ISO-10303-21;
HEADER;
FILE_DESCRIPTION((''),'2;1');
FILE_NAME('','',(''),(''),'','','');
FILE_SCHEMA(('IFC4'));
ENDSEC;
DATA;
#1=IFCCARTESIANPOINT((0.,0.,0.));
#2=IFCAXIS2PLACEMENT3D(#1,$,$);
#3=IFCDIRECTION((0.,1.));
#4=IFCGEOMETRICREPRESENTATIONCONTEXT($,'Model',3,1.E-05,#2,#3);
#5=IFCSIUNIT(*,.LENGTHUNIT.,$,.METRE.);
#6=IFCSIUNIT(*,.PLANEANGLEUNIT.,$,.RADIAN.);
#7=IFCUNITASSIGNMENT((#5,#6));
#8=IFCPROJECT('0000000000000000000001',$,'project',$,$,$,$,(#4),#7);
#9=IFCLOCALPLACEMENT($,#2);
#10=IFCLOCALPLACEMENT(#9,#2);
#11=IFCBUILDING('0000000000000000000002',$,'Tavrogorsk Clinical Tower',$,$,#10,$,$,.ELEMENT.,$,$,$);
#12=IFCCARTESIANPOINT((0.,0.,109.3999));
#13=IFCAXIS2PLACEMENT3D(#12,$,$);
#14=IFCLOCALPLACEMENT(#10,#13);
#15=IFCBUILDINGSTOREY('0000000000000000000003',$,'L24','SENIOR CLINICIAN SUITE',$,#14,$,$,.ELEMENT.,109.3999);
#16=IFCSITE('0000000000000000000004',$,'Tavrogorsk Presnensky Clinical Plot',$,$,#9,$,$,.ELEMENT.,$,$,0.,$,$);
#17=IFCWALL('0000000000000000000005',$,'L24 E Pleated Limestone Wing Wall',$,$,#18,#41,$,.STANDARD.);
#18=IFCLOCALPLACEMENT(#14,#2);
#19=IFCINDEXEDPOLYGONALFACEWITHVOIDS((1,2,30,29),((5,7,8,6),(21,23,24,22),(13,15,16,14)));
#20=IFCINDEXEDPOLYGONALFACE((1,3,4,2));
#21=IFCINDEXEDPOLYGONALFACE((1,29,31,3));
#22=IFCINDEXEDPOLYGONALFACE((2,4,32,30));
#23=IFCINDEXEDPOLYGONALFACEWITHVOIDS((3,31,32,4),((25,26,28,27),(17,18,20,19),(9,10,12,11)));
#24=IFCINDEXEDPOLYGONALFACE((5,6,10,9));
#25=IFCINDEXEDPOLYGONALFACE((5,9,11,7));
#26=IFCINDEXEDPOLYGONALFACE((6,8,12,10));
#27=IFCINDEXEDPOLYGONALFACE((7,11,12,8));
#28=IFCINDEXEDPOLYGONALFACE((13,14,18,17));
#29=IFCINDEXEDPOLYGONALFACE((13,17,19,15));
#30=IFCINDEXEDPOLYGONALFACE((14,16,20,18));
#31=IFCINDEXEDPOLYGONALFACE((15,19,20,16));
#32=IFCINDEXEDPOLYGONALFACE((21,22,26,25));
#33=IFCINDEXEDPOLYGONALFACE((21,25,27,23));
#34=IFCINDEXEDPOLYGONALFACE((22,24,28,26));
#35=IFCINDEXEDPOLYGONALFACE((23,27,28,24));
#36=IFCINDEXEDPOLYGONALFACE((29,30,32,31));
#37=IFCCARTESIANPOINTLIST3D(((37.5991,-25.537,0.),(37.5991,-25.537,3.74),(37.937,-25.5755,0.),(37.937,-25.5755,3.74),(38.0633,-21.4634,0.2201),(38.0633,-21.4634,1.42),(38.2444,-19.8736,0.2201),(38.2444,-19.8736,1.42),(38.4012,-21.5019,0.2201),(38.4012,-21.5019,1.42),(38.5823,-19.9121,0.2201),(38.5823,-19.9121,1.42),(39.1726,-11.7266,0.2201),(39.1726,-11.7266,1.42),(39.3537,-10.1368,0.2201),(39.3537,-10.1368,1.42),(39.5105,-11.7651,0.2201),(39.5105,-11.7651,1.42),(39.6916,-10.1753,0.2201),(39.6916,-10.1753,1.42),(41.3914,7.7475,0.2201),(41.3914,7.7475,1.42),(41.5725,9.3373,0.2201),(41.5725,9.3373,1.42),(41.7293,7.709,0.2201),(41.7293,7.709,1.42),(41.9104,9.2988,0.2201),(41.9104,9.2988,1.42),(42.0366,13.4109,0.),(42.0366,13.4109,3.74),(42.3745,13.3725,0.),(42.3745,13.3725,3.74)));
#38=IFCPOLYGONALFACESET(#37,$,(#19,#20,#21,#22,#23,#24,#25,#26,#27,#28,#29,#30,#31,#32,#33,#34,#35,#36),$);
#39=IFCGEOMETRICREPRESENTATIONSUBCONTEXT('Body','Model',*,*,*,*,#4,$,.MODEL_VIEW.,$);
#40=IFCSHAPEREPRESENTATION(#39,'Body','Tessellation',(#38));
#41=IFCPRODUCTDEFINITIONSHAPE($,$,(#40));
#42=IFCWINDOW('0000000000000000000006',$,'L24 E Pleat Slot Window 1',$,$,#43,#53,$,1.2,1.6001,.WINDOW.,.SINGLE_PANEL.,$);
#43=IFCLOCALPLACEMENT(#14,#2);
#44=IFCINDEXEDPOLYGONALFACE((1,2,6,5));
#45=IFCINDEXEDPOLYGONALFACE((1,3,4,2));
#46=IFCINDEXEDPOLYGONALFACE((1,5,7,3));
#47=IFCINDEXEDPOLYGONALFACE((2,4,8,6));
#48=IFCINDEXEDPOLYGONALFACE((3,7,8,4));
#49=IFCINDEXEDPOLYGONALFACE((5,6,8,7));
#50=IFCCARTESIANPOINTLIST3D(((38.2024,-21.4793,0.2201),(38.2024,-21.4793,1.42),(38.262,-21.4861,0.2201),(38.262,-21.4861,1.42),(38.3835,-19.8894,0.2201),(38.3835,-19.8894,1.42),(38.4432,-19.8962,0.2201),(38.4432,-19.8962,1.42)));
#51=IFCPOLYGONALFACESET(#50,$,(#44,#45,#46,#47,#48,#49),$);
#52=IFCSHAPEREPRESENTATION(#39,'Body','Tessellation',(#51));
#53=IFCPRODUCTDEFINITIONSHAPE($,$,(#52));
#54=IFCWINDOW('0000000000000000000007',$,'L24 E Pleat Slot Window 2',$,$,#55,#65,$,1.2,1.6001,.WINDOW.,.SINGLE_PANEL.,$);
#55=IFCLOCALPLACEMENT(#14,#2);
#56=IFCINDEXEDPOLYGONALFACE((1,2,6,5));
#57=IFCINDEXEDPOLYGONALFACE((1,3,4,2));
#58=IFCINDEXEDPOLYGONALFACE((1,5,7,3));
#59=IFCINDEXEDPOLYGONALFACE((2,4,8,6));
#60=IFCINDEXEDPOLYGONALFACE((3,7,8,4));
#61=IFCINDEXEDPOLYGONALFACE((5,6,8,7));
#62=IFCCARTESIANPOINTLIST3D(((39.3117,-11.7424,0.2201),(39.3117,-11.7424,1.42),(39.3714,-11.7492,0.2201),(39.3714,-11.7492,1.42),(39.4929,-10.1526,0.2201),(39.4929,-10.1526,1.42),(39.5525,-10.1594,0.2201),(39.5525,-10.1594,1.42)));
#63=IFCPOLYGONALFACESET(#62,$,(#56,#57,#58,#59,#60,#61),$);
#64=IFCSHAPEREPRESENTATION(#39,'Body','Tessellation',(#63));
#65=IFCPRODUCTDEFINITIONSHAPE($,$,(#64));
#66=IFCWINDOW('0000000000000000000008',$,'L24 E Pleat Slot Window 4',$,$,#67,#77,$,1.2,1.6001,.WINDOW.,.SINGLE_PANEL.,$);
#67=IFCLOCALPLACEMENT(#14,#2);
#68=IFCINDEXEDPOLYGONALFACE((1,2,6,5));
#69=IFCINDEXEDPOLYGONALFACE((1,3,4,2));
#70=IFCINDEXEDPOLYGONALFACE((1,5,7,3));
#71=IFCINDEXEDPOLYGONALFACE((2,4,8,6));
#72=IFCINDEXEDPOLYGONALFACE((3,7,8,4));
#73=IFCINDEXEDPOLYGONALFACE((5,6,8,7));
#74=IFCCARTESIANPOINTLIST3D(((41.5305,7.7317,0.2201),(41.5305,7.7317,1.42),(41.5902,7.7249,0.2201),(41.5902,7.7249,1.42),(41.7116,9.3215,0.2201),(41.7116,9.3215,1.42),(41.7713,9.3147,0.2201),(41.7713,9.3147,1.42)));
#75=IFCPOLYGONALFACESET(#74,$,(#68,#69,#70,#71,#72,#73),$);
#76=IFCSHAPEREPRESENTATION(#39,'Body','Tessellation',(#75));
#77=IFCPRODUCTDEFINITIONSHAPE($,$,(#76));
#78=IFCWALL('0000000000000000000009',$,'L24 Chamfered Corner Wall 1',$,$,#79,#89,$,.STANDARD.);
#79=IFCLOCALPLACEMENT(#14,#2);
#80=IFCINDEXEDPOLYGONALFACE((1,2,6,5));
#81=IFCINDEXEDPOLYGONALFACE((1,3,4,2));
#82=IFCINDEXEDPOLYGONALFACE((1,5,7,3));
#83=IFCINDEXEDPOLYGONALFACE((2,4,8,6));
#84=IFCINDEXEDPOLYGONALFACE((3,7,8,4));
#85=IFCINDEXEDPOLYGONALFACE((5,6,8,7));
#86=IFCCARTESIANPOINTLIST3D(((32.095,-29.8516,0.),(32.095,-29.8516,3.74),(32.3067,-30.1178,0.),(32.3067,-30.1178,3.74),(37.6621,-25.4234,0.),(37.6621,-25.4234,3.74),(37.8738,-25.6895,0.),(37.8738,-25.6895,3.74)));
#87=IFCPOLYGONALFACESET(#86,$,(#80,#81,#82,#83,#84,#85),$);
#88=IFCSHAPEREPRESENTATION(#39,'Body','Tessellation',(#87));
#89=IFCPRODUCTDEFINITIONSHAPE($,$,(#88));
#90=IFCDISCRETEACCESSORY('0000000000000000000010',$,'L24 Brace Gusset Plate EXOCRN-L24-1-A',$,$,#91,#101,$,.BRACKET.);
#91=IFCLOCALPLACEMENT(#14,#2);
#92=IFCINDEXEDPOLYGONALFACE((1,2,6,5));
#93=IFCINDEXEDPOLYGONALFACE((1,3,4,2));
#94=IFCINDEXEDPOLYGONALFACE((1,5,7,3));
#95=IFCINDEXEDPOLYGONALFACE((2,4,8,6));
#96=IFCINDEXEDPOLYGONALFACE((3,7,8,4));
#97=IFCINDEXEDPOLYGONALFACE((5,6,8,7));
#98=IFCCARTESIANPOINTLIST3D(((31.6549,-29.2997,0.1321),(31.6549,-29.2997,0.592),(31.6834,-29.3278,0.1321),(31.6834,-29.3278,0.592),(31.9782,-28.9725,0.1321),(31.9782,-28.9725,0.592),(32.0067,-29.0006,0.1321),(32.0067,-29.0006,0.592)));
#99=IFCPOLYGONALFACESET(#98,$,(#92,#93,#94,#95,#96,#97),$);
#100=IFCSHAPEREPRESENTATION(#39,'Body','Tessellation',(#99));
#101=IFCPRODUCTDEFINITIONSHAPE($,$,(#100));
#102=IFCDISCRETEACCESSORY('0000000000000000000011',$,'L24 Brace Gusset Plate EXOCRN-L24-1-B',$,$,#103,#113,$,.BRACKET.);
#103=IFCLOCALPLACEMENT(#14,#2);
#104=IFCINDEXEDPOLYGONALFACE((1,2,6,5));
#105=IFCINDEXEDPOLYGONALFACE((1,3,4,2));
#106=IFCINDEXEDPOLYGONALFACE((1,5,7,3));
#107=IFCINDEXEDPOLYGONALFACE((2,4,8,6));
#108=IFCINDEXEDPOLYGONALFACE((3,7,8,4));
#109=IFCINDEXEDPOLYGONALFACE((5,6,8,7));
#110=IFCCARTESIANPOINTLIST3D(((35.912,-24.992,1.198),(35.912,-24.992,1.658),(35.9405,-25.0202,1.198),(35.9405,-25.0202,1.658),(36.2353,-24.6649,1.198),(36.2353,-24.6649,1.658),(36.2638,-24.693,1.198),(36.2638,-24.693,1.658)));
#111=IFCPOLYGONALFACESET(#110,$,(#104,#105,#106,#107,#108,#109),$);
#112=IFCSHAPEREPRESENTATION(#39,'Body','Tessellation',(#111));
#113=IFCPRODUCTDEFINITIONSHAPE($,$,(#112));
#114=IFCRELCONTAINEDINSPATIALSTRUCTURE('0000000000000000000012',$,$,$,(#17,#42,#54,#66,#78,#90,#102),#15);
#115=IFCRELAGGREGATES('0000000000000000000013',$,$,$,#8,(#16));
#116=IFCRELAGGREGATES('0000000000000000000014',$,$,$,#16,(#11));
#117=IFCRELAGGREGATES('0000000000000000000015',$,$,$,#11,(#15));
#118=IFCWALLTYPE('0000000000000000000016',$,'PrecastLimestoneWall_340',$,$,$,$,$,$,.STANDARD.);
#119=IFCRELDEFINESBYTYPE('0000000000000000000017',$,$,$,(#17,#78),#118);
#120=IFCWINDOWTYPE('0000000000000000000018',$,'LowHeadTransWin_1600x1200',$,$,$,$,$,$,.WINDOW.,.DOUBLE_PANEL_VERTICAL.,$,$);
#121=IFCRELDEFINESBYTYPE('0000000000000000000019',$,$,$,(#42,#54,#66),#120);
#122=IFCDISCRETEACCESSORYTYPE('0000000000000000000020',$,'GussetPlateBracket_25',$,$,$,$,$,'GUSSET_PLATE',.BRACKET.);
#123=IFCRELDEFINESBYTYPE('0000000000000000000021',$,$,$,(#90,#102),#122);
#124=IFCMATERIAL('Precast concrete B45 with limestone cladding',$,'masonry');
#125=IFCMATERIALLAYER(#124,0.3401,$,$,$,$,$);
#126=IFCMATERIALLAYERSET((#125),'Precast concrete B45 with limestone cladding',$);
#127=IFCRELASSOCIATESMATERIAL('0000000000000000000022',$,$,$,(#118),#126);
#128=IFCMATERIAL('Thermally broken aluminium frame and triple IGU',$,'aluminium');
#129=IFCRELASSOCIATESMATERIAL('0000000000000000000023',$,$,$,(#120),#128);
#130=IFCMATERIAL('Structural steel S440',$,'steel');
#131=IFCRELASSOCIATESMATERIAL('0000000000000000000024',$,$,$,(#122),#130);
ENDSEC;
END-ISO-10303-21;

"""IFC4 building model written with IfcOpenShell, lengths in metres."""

from ifc_helpers import new_model, si_unit, direction, frame, frame_2d, origin, origin_2d, place, context, subcontext, project, spatial, rectangle, extrude, material, layer, layer_set, type_object, element, fill, save


model = new_model("IFC4")

# Units and contexts
model_context = context("Model", 3, precision=1e-05, world=origin(), true_north=direction((0.0, 1.0)))
body_context = subcontext(model_context, "Body", "Model", "MODEL_VIEW")
ifc_project = project(units=[si_unit("LENGTHUNIT", "METRE"), si_unit("PLANEANGLEUNIT", "RADIAN")], contexts=[model_context])

# Site, building, storey
site_placement = place(None, origin())
site = spatial("IfcSite", under=ifc_project, at=site_placement, Name="Tavrogorsk Presnensky Clinical Plot", CompositionType="ELEMENT", RefElevation=0.0)
building_placement = place(site_placement, origin())
building = spatial("IfcBuilding", under=site, at=building_placement, Name="Tavrogorsk Clinical Tower", CompositionType="ELEMENT")
storey_placement = place(building_placement, frame((0.0, 0.0, 109.3999)))
storey = spatial("IfcBuildingStorey", under=building, at=storey_placement, Name="L24", Description="SENIOR CLINICIAN SUITE", CompositionType="ELEMENT", Elevation=109.3999)

# Wall, openings, windows
ifc_material_1 = material(Name="Precast concrete B45 with limestone cladding", Category="masonry")
ifc_layer_1 = layer(ifc_material_1, 0.3401)
ifc_layer_set_1 = layer_set([ifc_layer_1], Name="Precast concrete B45 with limestone cladding")
wall_type_1 = type_object("IfcWallType", Name="PrecastLimestoneWall_340", PredefinedType="STANDARD", material=ifc_layer_set_1)
wall_1_placement = place(storey_placement, frame((37.7681, -25.5564, 0.0), z_axis=(0.0, 0.0, 1.0), x_axis=(0.113202, 0.993572, 0.0)))
wall_1 = element("IfcWall", 1, at=wall_1_placement, inside=storey, type_object=wall_type_1, Name="L24 E Pleated Limestone Wing Wall", PredefinedType="STANDARD", context=body_context, shape_type="SweptSolid", body=[
    extrude(rectangle(XDim=39.2, YDim=0.3401, at=frame_2d((19.6001, 0.0))), origin(), (0.0, 0.0, 1.0), 3.74),
])
opening_1_placement = place(wall_1_placement, frame((4.1001, 0.0, 0.22)))
opening_1 = element("IfcOpeningElement", 2, at=opening_1_placement, cuts=wall_1, PredefinedType="OPENING", context=body_context, shape_type="SweptSolid", body=[
    extrude(rectangle(XDim=1.6001, YDim=1.2, at=frame_2d((0.8, 0.6001))), frame((0.0, 0.1799, 0.0), z_axis=(0.0, -1.0, 0.0), x_axis=(1.0, 0.0, 0.0)), (0.0, 0.0, 1.0), 0.3601),
])
opening_2_placement = place(wall_1_placement, frame((13.8999, 0.0, 0.22)))
opening_2 = element("IfcOpeningElement", 3, at=opening_2_placement, cuts=wall_1, PredefinedType="OPENING", context=body_context, shape_type="SweptSolid", body=[
    extrude(rectangle(XDim=1.6001, YDim=1.2, at=frame_2d((0.8, 0.6001))), frame((0.0, 0.1799, 0.0), z_axis=(0.0, -1.0, 0.0), x_axis=(1.0, 0.0, 0.0)), (0.0, 0.0, 1.0), 0.3601),
])
opening_3_placement = place(wall_1_placement, frame((33.5, 0.0, 0.22)))
opening_3 = element("IfcOpeningElement", 4, at=opening_3_placement, cuts=wall_1, PredefinedType="OPENING", context=body_context, shape_type="SweptSolid", body=[
    extrude(rectangle(XDim=1.6001, YDim=1.2, at=frame_2d((0.8, 0.6001))), frame((0.0, 0.1799, 0.0), z_axis=(0.0, -1.0, 0.0), x_axis=(1.0, 0.0, 0.0)), (0.0, 0.0, 1.0), 0.3601),
])
ifc_material_2 = material(Name="Thermally broken aluminium frame and triple IGU", Category="aluminium")
window_type = type_object("IfcWindowType", Name="LowHeadTransWin_1600x1200", PartitioningType="DOUBLE_PANEL_VERTICAL", PredefinedType="WINDOW", material=ifc_material_2)
window_1_placement = place(opening_1_placement, origin())
window_1 = element("IfcWindow", 5, at=window_1_placement, inside=storey, type_object=window_type, Name="L24 E Pleat Slot Window 1", OverallHeight=1.2, OverallWidth=1.6001, PartitioningType="SINGLE_PANEL", PredefinedType="WINDOW", context=body_context, shape_type="SweptSolid", body=[
    extrude(rectangle(XDim=1.6001, YDim=1.2, at=frame_2d((0.8, 0.6001))), frame((0.0, 0.03, 0.0), z_axis=(0.0, -1.0, 0.0), x_axis=(1.0, 0.0, 0.0)), (0.0, 0.0, 1.0), 0.0601),
])
fill(opening_1, window_1)
window_2_placement = place(opening_2_placement, origin())
window_2 = element("IfcWindow", 6, at=window_2_placement, inside=storey, type_object=window_type, Name="L24 E Pleat Slot Window 2", OverallHeight=1.2, OverallWidth=1.6001, PartitioningType="SINGLE_PANEL", PredefinedType="WINDOW", context=body_context, shape_type="SweptSolid", body=[
    extrude(rectangle(XDim=1.6001, YDim=1.2, at=frame_2d((0.8, 0.6001))), frame((0.0, 0.03, 0.0), z_axis=(0.0, -1.0, 0.0), x_axis=(1.0, 0.0, 0.0)), (0.0, 0.0, 1.0), 0.0601),
])
fill(opening_2, window_2)
window_3_placement = place(opening_3_placement, origin())
window_3 = element("IfcWindow", 7, at=window_3_placement, inside=storey, type_object=window_type, Name="L24 E Pleat Slot Window 4", OverallHeight=1.2, OverallWidth=1.6001, PartitioningType="SINGLE_PANEL", PredefinedType="WINDOW", context=body_context, shape_type="SweptSolid", body=[
    extrude(rectangle(XDim=1.6001, YDim=1.2, at=frame_2d((0.8, 0.6001))), frame((0.0, 0.03, 0.0), z_axis=(0.0, -1.0, 0.0), x_axis=(1.0, 0.0, 0.0)), (0.0, 0.0, 1.0), 0.0601),
])
fill(opening_3, window_3)

# Wall
wall_2_placement = place(storey_placement, frame((32.2009, -29.9846, 0.0), z_axis=(0.0, 0.0, 1.0), x_axis=(0.782614, 0.622508, 0.0)))
element("IfcWall", 8, at=wall_2_placement, inside=storey, type_object=wall_type_1, Name="L24 Chamfered Corner Wall 1", PredefinedType="STANDARD", context=body_context, shape_type="SweptSolid", body=[
    extrude(rectangle(XDim=7.1135, YDim=0.3401, at=frame_2d((3.5566, 0.0))), origin(), (0.0, 0.0, 1.0), 3.74),
])

# Discrete accessories
ifc_material_3 = material(Name="Structural steel S440", Category="steel")
discrete_accessory_type = type_object("IfcDiscreteAccessoryType", Name="GussetPlateBracket_25", ElementType="GUSSET_PLATE", PredefinedType="BRACKET", material=ifc_material_3)
for number, where, z_axis, x_axis, name in (
    (9, (31.8308, -29.1501, 0.1321), (0.0, 0.0, 1.0), (0.702898, 0.71129, 0.0), "L24 Brace Gusset Plate EXOCRN-L24-1-A"),
    (10, (36.0879, -24.8425, 1.198), (0.0, 0.0, 1.0), (0.702898, 0.71129, 0.0), "L24 Brace Gusset Plate EXOCRN-L24-1-B"),
):
    element("IfcDiscreteAccessory", number, at=place(storey_placement, frame(where, z_axis=z_axis, x_axis=x_axis)), inside=storey, type_object=discrete_accessory_type, Name=name, PredefinedType="BRACKET", context=body_context, shape_type="SweptSolid", body=[
        extrude(rectangle(XDim=0.46, YDim=0.04, at=origin_2d()), origin(), (0.0, 0.0, 1.0), 0.46),
    ])

save(model, "model.ifc")
